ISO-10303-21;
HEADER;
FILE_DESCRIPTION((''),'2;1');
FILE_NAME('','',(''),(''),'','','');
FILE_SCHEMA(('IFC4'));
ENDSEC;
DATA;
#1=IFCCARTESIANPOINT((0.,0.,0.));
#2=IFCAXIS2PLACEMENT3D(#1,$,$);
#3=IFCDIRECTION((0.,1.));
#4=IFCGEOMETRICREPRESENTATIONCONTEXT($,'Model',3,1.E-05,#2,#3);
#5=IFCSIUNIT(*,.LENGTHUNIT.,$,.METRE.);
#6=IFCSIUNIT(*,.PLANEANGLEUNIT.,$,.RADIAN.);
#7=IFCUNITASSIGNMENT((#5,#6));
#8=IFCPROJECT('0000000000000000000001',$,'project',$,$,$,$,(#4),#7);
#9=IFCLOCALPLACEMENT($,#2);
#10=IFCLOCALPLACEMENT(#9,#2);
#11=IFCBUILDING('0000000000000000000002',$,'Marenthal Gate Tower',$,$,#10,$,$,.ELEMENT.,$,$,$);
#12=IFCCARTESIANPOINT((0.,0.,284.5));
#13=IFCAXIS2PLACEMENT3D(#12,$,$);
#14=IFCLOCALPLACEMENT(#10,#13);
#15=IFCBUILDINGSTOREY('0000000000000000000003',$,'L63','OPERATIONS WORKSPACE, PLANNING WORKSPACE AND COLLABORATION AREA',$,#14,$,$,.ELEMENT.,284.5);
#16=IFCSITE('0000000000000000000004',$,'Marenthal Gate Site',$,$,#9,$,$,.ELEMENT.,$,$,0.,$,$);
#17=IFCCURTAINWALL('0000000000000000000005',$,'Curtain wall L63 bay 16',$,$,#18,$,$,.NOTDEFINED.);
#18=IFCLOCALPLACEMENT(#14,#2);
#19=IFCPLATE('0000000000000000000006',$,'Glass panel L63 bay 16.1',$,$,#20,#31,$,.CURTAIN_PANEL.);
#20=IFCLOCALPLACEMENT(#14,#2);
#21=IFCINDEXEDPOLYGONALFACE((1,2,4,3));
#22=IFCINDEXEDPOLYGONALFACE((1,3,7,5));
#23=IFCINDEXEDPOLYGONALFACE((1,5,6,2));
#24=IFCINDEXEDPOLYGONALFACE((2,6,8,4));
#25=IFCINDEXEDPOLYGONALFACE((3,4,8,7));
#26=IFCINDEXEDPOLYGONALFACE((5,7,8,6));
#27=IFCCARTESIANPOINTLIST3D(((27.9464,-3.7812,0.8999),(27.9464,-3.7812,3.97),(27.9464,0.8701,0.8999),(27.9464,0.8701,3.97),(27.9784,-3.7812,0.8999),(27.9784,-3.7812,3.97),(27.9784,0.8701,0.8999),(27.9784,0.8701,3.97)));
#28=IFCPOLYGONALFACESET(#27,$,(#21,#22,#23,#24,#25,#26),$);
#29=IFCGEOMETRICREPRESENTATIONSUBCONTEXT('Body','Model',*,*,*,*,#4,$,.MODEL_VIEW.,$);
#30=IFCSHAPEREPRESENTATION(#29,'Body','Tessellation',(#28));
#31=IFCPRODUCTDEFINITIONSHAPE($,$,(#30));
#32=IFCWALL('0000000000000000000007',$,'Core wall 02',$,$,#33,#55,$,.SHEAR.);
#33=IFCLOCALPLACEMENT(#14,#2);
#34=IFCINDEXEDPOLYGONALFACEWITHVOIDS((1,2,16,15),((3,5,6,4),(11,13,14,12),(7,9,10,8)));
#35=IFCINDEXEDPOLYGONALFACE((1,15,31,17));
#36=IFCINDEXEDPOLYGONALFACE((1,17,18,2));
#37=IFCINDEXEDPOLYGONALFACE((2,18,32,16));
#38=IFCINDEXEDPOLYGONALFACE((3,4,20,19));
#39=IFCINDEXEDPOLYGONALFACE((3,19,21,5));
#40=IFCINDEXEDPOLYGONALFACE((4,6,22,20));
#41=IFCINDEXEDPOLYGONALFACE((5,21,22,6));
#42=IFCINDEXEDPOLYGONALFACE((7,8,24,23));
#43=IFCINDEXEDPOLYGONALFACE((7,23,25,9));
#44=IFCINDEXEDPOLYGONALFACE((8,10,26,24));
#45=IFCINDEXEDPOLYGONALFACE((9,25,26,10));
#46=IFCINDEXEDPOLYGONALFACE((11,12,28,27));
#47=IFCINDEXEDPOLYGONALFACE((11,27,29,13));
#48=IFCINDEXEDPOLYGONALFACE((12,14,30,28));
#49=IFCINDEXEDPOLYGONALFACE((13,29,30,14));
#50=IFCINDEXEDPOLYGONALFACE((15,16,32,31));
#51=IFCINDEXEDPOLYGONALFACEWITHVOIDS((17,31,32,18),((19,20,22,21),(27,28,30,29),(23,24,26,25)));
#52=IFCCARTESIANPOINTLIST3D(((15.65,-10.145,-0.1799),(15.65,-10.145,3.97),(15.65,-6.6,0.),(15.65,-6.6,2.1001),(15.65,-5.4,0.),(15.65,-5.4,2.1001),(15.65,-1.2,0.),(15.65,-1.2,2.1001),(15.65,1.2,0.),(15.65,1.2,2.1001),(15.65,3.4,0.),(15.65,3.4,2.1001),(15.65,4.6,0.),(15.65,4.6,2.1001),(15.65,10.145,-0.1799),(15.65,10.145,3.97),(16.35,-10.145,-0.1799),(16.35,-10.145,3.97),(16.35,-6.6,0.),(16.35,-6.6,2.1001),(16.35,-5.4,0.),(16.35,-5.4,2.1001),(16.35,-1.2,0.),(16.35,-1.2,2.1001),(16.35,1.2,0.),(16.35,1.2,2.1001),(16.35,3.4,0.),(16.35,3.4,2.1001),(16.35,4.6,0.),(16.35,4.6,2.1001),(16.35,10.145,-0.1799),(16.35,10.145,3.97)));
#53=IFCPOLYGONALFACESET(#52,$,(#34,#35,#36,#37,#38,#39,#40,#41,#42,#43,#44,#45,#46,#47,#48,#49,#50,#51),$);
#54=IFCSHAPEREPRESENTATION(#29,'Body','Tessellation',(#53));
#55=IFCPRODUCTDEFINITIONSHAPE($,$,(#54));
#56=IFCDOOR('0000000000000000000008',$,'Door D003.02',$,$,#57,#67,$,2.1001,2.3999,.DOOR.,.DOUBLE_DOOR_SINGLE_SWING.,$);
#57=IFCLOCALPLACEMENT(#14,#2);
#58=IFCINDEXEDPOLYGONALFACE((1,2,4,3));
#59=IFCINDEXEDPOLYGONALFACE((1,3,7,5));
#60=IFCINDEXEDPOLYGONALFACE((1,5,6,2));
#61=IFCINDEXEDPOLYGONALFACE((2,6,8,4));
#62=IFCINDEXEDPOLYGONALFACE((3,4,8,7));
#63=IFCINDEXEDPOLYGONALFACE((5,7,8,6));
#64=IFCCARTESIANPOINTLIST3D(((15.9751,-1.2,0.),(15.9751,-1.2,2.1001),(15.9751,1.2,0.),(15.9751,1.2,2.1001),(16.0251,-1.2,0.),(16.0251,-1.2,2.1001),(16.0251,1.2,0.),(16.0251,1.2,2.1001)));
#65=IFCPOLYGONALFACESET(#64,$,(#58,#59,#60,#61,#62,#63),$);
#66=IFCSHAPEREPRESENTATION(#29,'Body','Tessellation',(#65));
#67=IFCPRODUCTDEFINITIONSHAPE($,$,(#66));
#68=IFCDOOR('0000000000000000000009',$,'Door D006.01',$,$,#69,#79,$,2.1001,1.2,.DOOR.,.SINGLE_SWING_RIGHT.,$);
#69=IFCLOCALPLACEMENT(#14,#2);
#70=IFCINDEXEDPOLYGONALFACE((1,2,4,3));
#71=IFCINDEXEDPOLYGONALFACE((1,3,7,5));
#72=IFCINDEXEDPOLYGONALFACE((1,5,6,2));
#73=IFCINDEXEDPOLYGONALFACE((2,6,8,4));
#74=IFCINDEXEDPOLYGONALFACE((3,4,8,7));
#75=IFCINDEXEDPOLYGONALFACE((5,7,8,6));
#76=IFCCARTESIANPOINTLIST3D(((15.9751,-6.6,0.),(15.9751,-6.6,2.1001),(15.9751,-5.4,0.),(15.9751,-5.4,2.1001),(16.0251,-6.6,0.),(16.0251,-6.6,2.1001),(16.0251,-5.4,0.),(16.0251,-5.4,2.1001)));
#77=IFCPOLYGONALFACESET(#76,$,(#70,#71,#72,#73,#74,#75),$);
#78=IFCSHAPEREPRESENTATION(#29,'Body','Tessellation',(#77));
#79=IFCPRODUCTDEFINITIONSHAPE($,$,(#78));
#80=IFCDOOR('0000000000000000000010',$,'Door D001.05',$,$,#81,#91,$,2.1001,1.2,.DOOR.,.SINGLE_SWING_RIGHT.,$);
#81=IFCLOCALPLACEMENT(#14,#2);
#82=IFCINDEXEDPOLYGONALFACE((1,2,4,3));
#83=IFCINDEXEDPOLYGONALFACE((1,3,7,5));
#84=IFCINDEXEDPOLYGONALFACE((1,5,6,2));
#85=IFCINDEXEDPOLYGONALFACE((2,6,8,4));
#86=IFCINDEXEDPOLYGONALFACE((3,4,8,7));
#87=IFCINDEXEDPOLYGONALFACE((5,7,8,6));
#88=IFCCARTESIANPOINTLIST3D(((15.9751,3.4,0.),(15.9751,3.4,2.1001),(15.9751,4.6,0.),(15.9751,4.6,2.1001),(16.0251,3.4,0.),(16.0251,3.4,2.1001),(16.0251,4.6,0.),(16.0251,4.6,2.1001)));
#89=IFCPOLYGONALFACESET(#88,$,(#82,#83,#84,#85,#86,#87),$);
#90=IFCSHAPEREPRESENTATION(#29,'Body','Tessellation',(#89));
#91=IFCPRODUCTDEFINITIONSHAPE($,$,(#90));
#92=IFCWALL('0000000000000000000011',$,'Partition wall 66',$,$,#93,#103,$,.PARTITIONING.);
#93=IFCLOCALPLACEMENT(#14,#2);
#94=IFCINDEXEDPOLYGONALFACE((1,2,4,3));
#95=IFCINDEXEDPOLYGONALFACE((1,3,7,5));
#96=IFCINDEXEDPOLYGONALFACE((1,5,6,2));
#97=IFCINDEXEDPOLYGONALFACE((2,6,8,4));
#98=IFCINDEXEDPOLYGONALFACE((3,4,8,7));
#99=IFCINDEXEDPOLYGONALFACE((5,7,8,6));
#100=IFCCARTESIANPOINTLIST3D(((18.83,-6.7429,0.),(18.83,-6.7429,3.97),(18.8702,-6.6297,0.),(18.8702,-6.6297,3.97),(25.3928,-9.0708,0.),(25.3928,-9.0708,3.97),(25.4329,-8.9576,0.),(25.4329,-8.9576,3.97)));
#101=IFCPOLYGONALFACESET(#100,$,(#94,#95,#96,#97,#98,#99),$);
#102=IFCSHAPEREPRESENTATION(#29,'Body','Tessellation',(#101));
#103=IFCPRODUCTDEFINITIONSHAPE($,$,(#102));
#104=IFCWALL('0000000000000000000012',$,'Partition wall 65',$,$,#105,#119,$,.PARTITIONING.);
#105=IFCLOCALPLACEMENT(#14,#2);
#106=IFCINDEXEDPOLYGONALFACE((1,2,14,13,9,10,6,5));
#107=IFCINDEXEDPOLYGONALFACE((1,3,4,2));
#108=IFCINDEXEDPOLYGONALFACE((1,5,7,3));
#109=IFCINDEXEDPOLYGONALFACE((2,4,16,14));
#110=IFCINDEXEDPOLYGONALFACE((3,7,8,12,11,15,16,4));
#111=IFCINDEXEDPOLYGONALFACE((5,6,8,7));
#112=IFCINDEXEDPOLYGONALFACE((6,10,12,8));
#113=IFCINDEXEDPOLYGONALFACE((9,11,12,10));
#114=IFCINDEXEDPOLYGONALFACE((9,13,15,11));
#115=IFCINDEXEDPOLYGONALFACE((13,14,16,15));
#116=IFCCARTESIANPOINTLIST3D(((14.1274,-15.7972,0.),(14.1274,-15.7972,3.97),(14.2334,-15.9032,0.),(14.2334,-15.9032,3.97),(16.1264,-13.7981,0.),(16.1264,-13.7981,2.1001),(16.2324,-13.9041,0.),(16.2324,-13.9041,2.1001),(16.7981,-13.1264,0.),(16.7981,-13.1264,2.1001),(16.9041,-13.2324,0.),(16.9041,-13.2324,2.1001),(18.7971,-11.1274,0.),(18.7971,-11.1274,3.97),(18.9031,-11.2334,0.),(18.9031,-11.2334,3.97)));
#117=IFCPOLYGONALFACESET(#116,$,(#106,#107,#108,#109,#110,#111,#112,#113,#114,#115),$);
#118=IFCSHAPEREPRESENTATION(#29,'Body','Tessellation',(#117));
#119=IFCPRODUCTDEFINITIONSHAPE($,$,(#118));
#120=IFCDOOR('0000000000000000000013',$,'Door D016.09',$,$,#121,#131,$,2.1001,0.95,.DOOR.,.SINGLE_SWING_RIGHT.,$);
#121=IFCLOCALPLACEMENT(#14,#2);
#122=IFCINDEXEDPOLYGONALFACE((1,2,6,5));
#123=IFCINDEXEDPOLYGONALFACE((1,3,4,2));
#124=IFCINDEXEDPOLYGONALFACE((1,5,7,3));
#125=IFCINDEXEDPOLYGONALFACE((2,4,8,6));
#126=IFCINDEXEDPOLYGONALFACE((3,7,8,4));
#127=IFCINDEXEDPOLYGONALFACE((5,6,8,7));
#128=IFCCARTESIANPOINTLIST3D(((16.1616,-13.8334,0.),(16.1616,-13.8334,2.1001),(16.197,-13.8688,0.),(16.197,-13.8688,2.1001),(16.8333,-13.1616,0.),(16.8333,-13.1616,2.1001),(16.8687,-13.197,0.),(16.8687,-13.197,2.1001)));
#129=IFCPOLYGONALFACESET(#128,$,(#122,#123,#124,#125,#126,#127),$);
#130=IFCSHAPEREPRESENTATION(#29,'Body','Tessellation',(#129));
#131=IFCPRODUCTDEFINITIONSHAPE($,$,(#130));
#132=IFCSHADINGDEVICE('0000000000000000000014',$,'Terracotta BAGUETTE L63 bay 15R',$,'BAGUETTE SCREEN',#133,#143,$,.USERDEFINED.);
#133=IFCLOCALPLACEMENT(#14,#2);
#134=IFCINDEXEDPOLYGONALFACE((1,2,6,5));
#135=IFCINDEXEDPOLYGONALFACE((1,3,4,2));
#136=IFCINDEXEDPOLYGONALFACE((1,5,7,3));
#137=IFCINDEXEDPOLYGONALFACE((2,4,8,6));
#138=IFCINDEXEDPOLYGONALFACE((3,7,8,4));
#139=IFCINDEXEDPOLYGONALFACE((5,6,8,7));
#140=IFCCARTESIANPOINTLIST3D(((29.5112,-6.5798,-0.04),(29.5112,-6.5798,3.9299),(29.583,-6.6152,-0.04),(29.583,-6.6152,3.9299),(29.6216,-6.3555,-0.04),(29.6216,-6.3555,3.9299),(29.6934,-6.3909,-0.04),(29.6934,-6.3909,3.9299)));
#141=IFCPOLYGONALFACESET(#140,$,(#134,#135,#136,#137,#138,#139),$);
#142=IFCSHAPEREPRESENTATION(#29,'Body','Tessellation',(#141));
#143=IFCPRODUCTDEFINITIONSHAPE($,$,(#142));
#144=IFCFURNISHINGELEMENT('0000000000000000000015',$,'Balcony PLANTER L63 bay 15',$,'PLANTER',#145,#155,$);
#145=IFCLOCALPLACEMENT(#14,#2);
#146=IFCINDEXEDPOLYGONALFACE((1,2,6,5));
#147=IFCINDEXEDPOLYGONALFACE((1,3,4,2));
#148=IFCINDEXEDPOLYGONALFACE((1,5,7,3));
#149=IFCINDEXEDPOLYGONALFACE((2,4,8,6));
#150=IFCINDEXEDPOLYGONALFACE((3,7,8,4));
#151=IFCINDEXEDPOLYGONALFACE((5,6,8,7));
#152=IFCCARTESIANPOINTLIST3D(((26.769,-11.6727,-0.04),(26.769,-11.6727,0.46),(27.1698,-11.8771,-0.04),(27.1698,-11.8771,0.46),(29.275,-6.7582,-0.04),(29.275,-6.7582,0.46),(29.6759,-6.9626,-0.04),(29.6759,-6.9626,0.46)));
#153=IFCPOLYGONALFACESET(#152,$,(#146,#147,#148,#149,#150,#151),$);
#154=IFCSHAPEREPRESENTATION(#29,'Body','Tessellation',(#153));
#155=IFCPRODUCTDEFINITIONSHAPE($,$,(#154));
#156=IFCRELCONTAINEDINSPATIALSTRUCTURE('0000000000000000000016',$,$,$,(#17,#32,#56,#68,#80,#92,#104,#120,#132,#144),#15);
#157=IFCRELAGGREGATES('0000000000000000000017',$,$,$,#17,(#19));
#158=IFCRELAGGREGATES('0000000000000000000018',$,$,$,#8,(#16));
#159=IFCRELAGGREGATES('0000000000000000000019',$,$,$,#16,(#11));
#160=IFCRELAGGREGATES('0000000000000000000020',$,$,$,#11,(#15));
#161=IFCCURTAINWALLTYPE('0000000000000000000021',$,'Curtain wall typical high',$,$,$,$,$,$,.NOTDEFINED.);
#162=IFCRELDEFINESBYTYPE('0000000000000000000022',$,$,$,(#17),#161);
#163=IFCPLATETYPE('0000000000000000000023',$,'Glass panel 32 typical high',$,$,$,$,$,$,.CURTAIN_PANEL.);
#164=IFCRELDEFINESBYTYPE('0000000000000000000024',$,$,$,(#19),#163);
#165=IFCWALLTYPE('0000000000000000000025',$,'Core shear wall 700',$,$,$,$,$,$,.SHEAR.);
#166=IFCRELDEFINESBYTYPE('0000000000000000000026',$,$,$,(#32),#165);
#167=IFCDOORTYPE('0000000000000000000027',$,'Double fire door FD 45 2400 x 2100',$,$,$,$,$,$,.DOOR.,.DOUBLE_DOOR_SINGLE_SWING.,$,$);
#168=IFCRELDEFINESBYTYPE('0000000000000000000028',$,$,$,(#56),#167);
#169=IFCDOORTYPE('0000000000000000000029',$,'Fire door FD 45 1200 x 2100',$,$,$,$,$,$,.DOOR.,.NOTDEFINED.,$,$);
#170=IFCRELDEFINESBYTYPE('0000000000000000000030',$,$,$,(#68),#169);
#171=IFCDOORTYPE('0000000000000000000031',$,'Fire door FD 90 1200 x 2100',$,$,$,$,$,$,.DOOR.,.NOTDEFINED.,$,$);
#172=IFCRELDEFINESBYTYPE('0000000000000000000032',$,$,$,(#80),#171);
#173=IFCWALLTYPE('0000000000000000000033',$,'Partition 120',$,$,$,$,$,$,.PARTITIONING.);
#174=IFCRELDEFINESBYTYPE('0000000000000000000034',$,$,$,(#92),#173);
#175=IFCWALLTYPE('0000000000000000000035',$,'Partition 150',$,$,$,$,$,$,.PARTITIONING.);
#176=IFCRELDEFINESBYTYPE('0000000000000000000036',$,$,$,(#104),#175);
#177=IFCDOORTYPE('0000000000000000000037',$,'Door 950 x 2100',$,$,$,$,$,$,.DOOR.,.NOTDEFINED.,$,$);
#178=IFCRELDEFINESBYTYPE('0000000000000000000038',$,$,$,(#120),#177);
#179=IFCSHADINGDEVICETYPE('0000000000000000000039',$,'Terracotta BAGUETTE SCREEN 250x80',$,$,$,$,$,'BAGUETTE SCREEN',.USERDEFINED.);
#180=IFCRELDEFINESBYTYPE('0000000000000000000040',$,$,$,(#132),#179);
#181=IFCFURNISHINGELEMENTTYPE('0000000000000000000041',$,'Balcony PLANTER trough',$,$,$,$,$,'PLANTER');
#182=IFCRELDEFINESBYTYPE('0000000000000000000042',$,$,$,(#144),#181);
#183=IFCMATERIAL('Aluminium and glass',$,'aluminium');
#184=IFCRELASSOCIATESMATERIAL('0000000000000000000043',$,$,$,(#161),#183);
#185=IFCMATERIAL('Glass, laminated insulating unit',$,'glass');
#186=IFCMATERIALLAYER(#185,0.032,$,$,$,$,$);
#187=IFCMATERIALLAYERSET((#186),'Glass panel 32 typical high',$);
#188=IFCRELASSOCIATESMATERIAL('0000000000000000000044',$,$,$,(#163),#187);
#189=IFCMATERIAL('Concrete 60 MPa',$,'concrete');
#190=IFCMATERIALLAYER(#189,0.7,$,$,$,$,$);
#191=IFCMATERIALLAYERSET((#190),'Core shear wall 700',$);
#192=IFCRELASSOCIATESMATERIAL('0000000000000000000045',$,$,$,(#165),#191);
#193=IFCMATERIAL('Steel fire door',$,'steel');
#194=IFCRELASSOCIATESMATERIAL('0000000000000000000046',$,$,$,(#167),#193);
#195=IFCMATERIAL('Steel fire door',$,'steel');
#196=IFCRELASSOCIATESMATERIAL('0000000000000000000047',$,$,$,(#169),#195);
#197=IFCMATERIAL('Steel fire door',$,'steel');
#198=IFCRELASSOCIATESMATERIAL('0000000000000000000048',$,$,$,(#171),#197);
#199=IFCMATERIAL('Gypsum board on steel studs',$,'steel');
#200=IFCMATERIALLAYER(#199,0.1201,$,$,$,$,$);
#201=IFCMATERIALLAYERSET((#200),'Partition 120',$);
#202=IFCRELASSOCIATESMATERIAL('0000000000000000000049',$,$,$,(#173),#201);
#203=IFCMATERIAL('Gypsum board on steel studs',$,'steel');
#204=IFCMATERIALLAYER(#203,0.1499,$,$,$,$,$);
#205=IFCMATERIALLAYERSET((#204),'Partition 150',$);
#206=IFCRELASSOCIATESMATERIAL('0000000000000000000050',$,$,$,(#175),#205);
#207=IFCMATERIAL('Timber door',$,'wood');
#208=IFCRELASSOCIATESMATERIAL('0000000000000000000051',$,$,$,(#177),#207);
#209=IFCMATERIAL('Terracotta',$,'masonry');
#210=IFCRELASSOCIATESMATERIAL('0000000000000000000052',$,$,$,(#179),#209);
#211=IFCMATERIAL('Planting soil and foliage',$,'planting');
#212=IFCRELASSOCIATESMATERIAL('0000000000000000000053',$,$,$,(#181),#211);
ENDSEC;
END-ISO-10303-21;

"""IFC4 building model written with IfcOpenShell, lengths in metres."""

from ifc_helpers import new_model, si_unit, direction, frame, frame_2d, origin, origin_2d, place, context, subcontext, project, spatial, rectangle, extrude, material, layer, layer_set, material_profile, profile_set, type_object, element, fill, aggregate, save


model = new_model("IFC4")

# Units and contexts
model_context = context("Model", 3, precision=1e-05, world=origin(), true_north=direction((0.0, 1.0)))
body_context = subcontext(model_context, "Body", "Model", "MODEL_VIEW")
ifc_project = project(units=[si_unit("LENGTHUNIT", "METRE"), si_unit("PLANEANGLEUNIT", "RADIAN")], contexts=[model_context])

# Site, building, storey
site_placement = place(None, origin())
site = spatial("IfcSite", under=ifc_project, at=site_placement, Name="Marenthal Gate Site", CompositionType="ELEMENT", RefElevation=0.0)
building_placement = place(site_placement, origin())
building = spatial("IfcBuilding", under=site, at=building_placement, Name="Marenthal Gate Tower", CompositionType="ELEMENT")
storey_placement = place(building_placement, frame((0.0, 0.0, 284.5)))
storey = spatial("IfcBuildingStorey", under=building, at=storey_placement, Name="L63", Description="OPERATIONS WORKSPACE, PLANNING WORKSPACE AND COLLABORATION AREA", CompositionType="ELEMENT", Elevation=284.5)

# Curtain wall
ifc_material_1 = material(Name="Aluminium and glass", Category="aluminium")
curtain_wall_type = type_object("IfcCurtainWallType", Name="Curtain wall typical high", PredefinedType="NOTDEFINED", material=ifc_material_1)
curtain_wall_placement = place(storey_placement, origin())
curtain_wall = element("IfcCurtainWall", 1, at=curtain_wall_placement, inside=storey, type_object=curtain_wall_type, Name="Curtain wall L63 bay 16", PredefinedType="NOTDEFINED")

# Plate
ifc_material_2 = material(Name="Glass, laminated insulating unit", Category="glass")
ifc_layer_1 = layer(ifc_material_2, 0.032)
ifc_layer_set_1 = layer_set([ifc_layer_1], Name="Glass panel 32 typical high")
plate_type = type_object("IfcPlateType", Name="Glass panel 32 typical high", PredefinedType="CURTAIN_PANEL", material=ifc_layer_set_1)
plate_placement = place(storey_placement, frame((27.9624, -1.4556, 0.8999), z_axis=(0.0, 0.0, 1.0), x_axis=(0.0, 1.0, 0.0)))
plate = element("IfcPlate", 2, at=plate_placement, type_object=plate_type, Name="Glass panel L63 bay 16.1", PredefinedType="CURTAIN_PANEL", context=body_context, shape_type="SweptSolid", body=[
    extrude(rectangle(XDim=4.6514, YDim=0.032, at=origin_2d()), origin(), (0.0, 0.0, 1.0), 3.0701),
])
aggregate(curtain_wall, [plate])

# Wall, openings, doors
ifc_material_3 = material(Name="Concrete 60 MPa", Category="concrete")
ifc_layer_2 = layer(ifc_material_3, 0.7)
ifc_layer_set_2 = layer_set([ifc_layer_2], Name="Core shear wall 700")
wall_type_1 = type_object("IfcWallType", Name="Core shear wall 700", PredefinedType="SHEAR", material=ifc_layer_set_2)
wall_1_placement = place(storey_placement, frame((16.0, -10.145, -0.1799), z_axis=(0.0, 0.0, 1.0), x_axis=(0.0, 1.0, 0.0)))
wall_1 = element("IfcWall", 3, at=wall_1_placement, inside=storey, type_object=wall_type_1, Name="Core wall 02", PredefinedType="SHEAR", context=body_context, shape_type="SweptSolid", body=[
    extrude(rectangle(XDim=20.29, YDim=0.7, at=frame_2d((10.145, 0.0))), origin(), (0.0, 0.0, 1.0), 4.1499),
])
opening_1_placement = place(wall_1_placement, frame((8.9451, 0.0, 0.1799)))
opening_1 = element("IfcOpeningElement", 4, at=opening_1_placement, cuts=wall_1, PredefinedType="OPENING", context=body_context, shape_type="SweptSolid", body=[
    extrude(rectangle(XDim=2.3999, YDim=2.1001, at=frame_2d((1.2, 1.05))), frame((0.0, 0.3599, 0.0), z_axis=(0.0, -1.0, 0.0), x_axis=(1.0, 0.0, 0.0)), (0.0, 0.0, 1.0), 0.72),
])
opening_2_placement = place(wall_1_placement, frame((13.5449, 0.0, 0.1799)))
opening_2 = element("IfcOpeningElement", 5, at=opening_2_placement, cuts=wall_1, PredefinedType="OPENING", context=body_context, shape_type="SweptSolid", body=[
    extrude(rectangle(XDim=1.2, YDim=2.1001, at=frame_2d((0.6001, 1.05))), frame((0.0, 0.3599, 0.0), z_axis=(0.0, -1.0, 0.0), x_axis=(1.0, 0.0, 0.0)), (0.0, 0.0, 1.0), 0.72),
])
opening_3_placement = place(wall_1_placement, frame((3.5449, 0.0, 0.1799)))
opening_3 = element("IfcOpeningElement", 6, at=opening_3_placement, cuts=wall_1, PredefinedType="OPENING", context=body_context, shape_type="SweptSolid", body=[
    extrude(rectangle(XDim=1.2, YDim=2.1001, at=frame_2d((0.6001, 1.05))), frame((0.0, 0.3599, 0.0), z_axis=(0.0, -1.0, 0.0), x_axis=(1.0, 0.0, 0.0)), (0.0, 0.0, 1.0), 0.72),
])
ifc_material_4 = material(Name="Steel fire door", Category="steel")
door_type_1 = type_object("IfcDoorType", Name="Double fire door FD 45 2400 x 2100", OperationType="DOUBLE_DOOR_SINGLE_SWING", PredefinedType="DOOR", material=ifc_material_4)
door_1_placement = place(opening_1_placement, origin())
door_1 = element("IfcDoor", 7, at=door_1_placement, inside=storey, type_object=door_type_1, Name="Door D003.02", OperationType="DOUBLE_DOOR_SINGLE_SWING", OverallHeight=2.1001, OverallWidth=2.3999, PredefinedType="DOOR", context=body_context, shape_type="SweptSolid", body=[
    extrude(rectangle(XDim=2.3999, YDim=2.1001, at=frame_2d((1.2, 1.05))), frame((0.0, 0.0249, 0.0), z_axis=(0.0, -1.0, 0.0), x_axis=(1.0, 0.0, 0.0)), (0.0, 0.0, 1.0), 0.05),
])
fill(opening_1, door_1)
ifc_material_5 = material(Name="Steel fire door", Category="steel")
door_type_2 = type_object("IfcDoorType", Name="Fire door FD 45 1200 x 2100", OperationType="NOTDEFINED", PredefinedType="DOOR", material=ifc_material_5)
door_2_placement = place(opening_3_placement, origin())
door_2 = element("IfcDoor", 8, at=door_2_placement, inside=storey, type_object=door_type_2, Name="Door D006.01", OperationType="SINGLE_SWING_RIGHT", OverallHeight=2.1001, OverallWidth=1.2, PredefinedType="DOOR", context=body_context, shape_type="SweptSolid", body=[
    extrude(rectangle(XDim=1.2, YDim=2.1001, at=frame_2d((0.6001, 1.05))), frame((0.0, 0.0249, 0.0), z_axis=(0.0, -1.0, 0.0), x_axis=(1.0, 0.0, 0.0)), (0.0, 0.0, 1.0), 0.05),
])
fill(opening_3, door_2)
ifc_material_6 = material(Name="Steel fire door", Category="steel")
door_type_3 = type_object("IfcDoorType", Name="Fire door FD 90 1200 x 2100", OperationType="NOTDEFINED", PredefinedType="DOOR", material=ifc_material_6)
door_3_placement = place(opening_2_placement, origin())
door_3 = element("IfcDoor", 9, at=door_3_placement, inside=storey, type_object=door_type_3, Name="Door D001.05", OperationType="SINGLE_SWING_RIGHT", OverallHeight=2.1001, OverallWidth=1.2, PredefinedType="DOOR", context=body_context, shape_type="SweptSolid", body=[
    extrude(rectangle(XDim=1.2, YDim=2.1001, at=frame_2d((0.6001, 1.05))), frame((0.0, 0.0249, 0.0), z_axis=(0.0, -1.0, 0.0), x_axis=(1.0, 0.0, 0.0)), (0.0, 0.0, 1.0), 0.05),
])
fill(opening_2, door_3)

# Wall
ifc_material_7 = material(Name="Gypsum board on steel studs", Category="steel")
ifc_layer_3 = layer(ifc_material_7, 0.1201)
ifc_layer_set_3 = layer_set([ifc_layer_3], Name="Partition 120")
wall_type_2 = type_object("IfcWallType", Name="Partition 120", PredefinedType="PARTITIONING", material=ifc_layer_set_3)
wall_2_placement = place(storey_placement, frame((18.8501, -6.6863, 0.0), z_axis=(0.0, 0.0, 1.0), x_axis=(0.942466, -0.334303, 0.0)))
element("IfcWall", 10, at=wall_2_placement, inside=storey, type_object=wall_type_2, Name="Partition wall 66", PredefinedType="PARTITIONING", context=body_context, shape_type="SweptSolid", body=[
    extrude(rectangle(XDim=6.9634, YDim=0.1201, at=frame_2d((3.4817, 0.0))), origin(), (0.0, 0.0, 1.0), 3.97),
])

# Wall, opening, door
ifc_material_8 = material(Name="Gypsum board on steel studs", Category="steel")
ifc_layer_4 = layer(ifc_material_8, 0.1499)
ifc_layer_set_4 = layer_set([ifc_layer_4], Name="Partition 150")
wall_type_3 = type_object("IfcWallType", Name="Partition 150", PredefinedType="PARTITIONING", material=ifc_layer_set_4)
wall_3_placement = place(storey_placement, frame((18.8501, -11.1804, 0.0), z_axis=(0.0, 0.0, 1.0), x_axis=(-0.707107, -0.707107, 0.0)))
wall_3 = element("IfcWall", 11, at=wall_3_placement, inside=storey, type_object=wall_type_3, Name="Partition wall 65", PredefinedType="PARTITIONING", context=body_context, shape_type="SweptSolid", body=[
    extrude(rectangle(XDim=6.604, YDim=0.1499, at=frame_2d((3.302, 0.0))), origin(), (0.0, 0.0, 1.0), 3.97),
])
opening_4_placement = place(wall_3_placement, frame((2.8269, 0.0, 0.0)))
opening_4 = element("IfcOpeningElement", 12, at=opening_4_placement, cuts=wall_3, PredefinedType="OPENING", context=body_context, shape_type="SweptSolid", body=[
    extrude(rectangle(XDim=0.95, YDim=2.1001, at=frame_2d((0.4751, 1.05))), frame((0.0, 0.085, 0.0), z_axis=(0.0, -1.0, 0.0), x_axis=(1.0, 0.0, 0.0)), (0.0, 0.0, 1.0), 0.1699),
])
ifc_material_9 = material(Name="Timber door", Category="wood")
door_type_4 = type_object("IfcDoorType", Name="Door 950 x 2100", OperationType="NOTDEFINED", PredefinedType="DOOR", material=ifc_material_9)
door_4_placement = place(opening_4_placement, origin())
door_4 = element("IfcDoor", 13, at=door_4_placement, inside=storey, type_object=door_type_4, Name="Door D016.09", OperationType="SINGLE_SWING_RIGHT", OverallHeight=2.1001, OverallWidth=0.95, PredefinedType="DOOR", context=body_context, shape_type="SweptSolid", body=[
    extrude(rectangle(XDim=0.95, YDim=2.1001, at=frame_2d((0.4751, 1.05))), frame((0.0, 0.0249, 0.0), z_axis=(0.0, -1.0, 0.0), x_axis=(1.0, 0.0, 0.0)), (0.0, 0.0, 1.0), 0.05),
])
fill(opening_4, door_4)

# Shading device
ifc_material_10 = material(Name="Terracotta", Category="masonry")
ifc_material_profile_1 = material_profile(ifc_material_10, rectangle(XDim=0.25, YDim=0.0801, at=origin_2d()), Name="Terracotta baguette 250x80")
ifc_profile_set_1 = profile_set([ifc_material_profile_1], Name="Terracotta")
shading_device_type = type_object("IfcShadingDeviceType", Name="Terracotta BAGUETTE SCREEN 250x80", ElementType="BAGUETTE SCREEN", PredefinedType="USERDEFINED", material=ifc_profile_set_1)
shading_device_placement = place(storey_placement, frame((29.6023, -6.4854, -0.04), z_axis=(0.0, 0.0, 1.0), x_axis=(0.441711, 0.897157, 0.0)))
element("IfcShadingDevice", 14, at=shading_device_placement, inside=storey, type_object=shading_device_type, Name="Terracotta BAGUETTE L63 bay 15R", ObjectType="BAGUETTE SCREEN", PredefinedType="USERDEFINED", context=body_context, shape_type="SweptSolid", body=[
    extrude(rectangle(XDim=0.25, YDim=0.0801, at=origin_2d()), origin(), (0.0, 0.0, 1.0), 3.97),
])

# Furnishing element
ifc_material_11 = material(Name="Planting soil and foliage", Category="planting")
furnishing_element_type = type_object("IfcFurnishingElementType", Name="Balcony PLANTER trough", ElementType="PLANTER", material=ifc_material_11)
furnishing_placement = place(storey_placement, frame((28.2224, -9.3176, -0.04), z_axis=(0.0, 0.0, 1.0), x_axis=(0.454273, 0.890862, 0.0)))
element("IfcFurnishingElement", 15, at=furnishing_placement, inside=storey, type_object=furnishing_element_type, Name="Balcony PLANTER L63 bay 15", ObjectType="PLANTER", context=body_context, shape_type="SweptSolid", body=[
    extrude(rectangle(XDim=5.5166, YDim=0.45, at=origin_2d()), origin(), (0.0, 0.0, 1.0), 0.5),
])

save(model, "model.ifc")
